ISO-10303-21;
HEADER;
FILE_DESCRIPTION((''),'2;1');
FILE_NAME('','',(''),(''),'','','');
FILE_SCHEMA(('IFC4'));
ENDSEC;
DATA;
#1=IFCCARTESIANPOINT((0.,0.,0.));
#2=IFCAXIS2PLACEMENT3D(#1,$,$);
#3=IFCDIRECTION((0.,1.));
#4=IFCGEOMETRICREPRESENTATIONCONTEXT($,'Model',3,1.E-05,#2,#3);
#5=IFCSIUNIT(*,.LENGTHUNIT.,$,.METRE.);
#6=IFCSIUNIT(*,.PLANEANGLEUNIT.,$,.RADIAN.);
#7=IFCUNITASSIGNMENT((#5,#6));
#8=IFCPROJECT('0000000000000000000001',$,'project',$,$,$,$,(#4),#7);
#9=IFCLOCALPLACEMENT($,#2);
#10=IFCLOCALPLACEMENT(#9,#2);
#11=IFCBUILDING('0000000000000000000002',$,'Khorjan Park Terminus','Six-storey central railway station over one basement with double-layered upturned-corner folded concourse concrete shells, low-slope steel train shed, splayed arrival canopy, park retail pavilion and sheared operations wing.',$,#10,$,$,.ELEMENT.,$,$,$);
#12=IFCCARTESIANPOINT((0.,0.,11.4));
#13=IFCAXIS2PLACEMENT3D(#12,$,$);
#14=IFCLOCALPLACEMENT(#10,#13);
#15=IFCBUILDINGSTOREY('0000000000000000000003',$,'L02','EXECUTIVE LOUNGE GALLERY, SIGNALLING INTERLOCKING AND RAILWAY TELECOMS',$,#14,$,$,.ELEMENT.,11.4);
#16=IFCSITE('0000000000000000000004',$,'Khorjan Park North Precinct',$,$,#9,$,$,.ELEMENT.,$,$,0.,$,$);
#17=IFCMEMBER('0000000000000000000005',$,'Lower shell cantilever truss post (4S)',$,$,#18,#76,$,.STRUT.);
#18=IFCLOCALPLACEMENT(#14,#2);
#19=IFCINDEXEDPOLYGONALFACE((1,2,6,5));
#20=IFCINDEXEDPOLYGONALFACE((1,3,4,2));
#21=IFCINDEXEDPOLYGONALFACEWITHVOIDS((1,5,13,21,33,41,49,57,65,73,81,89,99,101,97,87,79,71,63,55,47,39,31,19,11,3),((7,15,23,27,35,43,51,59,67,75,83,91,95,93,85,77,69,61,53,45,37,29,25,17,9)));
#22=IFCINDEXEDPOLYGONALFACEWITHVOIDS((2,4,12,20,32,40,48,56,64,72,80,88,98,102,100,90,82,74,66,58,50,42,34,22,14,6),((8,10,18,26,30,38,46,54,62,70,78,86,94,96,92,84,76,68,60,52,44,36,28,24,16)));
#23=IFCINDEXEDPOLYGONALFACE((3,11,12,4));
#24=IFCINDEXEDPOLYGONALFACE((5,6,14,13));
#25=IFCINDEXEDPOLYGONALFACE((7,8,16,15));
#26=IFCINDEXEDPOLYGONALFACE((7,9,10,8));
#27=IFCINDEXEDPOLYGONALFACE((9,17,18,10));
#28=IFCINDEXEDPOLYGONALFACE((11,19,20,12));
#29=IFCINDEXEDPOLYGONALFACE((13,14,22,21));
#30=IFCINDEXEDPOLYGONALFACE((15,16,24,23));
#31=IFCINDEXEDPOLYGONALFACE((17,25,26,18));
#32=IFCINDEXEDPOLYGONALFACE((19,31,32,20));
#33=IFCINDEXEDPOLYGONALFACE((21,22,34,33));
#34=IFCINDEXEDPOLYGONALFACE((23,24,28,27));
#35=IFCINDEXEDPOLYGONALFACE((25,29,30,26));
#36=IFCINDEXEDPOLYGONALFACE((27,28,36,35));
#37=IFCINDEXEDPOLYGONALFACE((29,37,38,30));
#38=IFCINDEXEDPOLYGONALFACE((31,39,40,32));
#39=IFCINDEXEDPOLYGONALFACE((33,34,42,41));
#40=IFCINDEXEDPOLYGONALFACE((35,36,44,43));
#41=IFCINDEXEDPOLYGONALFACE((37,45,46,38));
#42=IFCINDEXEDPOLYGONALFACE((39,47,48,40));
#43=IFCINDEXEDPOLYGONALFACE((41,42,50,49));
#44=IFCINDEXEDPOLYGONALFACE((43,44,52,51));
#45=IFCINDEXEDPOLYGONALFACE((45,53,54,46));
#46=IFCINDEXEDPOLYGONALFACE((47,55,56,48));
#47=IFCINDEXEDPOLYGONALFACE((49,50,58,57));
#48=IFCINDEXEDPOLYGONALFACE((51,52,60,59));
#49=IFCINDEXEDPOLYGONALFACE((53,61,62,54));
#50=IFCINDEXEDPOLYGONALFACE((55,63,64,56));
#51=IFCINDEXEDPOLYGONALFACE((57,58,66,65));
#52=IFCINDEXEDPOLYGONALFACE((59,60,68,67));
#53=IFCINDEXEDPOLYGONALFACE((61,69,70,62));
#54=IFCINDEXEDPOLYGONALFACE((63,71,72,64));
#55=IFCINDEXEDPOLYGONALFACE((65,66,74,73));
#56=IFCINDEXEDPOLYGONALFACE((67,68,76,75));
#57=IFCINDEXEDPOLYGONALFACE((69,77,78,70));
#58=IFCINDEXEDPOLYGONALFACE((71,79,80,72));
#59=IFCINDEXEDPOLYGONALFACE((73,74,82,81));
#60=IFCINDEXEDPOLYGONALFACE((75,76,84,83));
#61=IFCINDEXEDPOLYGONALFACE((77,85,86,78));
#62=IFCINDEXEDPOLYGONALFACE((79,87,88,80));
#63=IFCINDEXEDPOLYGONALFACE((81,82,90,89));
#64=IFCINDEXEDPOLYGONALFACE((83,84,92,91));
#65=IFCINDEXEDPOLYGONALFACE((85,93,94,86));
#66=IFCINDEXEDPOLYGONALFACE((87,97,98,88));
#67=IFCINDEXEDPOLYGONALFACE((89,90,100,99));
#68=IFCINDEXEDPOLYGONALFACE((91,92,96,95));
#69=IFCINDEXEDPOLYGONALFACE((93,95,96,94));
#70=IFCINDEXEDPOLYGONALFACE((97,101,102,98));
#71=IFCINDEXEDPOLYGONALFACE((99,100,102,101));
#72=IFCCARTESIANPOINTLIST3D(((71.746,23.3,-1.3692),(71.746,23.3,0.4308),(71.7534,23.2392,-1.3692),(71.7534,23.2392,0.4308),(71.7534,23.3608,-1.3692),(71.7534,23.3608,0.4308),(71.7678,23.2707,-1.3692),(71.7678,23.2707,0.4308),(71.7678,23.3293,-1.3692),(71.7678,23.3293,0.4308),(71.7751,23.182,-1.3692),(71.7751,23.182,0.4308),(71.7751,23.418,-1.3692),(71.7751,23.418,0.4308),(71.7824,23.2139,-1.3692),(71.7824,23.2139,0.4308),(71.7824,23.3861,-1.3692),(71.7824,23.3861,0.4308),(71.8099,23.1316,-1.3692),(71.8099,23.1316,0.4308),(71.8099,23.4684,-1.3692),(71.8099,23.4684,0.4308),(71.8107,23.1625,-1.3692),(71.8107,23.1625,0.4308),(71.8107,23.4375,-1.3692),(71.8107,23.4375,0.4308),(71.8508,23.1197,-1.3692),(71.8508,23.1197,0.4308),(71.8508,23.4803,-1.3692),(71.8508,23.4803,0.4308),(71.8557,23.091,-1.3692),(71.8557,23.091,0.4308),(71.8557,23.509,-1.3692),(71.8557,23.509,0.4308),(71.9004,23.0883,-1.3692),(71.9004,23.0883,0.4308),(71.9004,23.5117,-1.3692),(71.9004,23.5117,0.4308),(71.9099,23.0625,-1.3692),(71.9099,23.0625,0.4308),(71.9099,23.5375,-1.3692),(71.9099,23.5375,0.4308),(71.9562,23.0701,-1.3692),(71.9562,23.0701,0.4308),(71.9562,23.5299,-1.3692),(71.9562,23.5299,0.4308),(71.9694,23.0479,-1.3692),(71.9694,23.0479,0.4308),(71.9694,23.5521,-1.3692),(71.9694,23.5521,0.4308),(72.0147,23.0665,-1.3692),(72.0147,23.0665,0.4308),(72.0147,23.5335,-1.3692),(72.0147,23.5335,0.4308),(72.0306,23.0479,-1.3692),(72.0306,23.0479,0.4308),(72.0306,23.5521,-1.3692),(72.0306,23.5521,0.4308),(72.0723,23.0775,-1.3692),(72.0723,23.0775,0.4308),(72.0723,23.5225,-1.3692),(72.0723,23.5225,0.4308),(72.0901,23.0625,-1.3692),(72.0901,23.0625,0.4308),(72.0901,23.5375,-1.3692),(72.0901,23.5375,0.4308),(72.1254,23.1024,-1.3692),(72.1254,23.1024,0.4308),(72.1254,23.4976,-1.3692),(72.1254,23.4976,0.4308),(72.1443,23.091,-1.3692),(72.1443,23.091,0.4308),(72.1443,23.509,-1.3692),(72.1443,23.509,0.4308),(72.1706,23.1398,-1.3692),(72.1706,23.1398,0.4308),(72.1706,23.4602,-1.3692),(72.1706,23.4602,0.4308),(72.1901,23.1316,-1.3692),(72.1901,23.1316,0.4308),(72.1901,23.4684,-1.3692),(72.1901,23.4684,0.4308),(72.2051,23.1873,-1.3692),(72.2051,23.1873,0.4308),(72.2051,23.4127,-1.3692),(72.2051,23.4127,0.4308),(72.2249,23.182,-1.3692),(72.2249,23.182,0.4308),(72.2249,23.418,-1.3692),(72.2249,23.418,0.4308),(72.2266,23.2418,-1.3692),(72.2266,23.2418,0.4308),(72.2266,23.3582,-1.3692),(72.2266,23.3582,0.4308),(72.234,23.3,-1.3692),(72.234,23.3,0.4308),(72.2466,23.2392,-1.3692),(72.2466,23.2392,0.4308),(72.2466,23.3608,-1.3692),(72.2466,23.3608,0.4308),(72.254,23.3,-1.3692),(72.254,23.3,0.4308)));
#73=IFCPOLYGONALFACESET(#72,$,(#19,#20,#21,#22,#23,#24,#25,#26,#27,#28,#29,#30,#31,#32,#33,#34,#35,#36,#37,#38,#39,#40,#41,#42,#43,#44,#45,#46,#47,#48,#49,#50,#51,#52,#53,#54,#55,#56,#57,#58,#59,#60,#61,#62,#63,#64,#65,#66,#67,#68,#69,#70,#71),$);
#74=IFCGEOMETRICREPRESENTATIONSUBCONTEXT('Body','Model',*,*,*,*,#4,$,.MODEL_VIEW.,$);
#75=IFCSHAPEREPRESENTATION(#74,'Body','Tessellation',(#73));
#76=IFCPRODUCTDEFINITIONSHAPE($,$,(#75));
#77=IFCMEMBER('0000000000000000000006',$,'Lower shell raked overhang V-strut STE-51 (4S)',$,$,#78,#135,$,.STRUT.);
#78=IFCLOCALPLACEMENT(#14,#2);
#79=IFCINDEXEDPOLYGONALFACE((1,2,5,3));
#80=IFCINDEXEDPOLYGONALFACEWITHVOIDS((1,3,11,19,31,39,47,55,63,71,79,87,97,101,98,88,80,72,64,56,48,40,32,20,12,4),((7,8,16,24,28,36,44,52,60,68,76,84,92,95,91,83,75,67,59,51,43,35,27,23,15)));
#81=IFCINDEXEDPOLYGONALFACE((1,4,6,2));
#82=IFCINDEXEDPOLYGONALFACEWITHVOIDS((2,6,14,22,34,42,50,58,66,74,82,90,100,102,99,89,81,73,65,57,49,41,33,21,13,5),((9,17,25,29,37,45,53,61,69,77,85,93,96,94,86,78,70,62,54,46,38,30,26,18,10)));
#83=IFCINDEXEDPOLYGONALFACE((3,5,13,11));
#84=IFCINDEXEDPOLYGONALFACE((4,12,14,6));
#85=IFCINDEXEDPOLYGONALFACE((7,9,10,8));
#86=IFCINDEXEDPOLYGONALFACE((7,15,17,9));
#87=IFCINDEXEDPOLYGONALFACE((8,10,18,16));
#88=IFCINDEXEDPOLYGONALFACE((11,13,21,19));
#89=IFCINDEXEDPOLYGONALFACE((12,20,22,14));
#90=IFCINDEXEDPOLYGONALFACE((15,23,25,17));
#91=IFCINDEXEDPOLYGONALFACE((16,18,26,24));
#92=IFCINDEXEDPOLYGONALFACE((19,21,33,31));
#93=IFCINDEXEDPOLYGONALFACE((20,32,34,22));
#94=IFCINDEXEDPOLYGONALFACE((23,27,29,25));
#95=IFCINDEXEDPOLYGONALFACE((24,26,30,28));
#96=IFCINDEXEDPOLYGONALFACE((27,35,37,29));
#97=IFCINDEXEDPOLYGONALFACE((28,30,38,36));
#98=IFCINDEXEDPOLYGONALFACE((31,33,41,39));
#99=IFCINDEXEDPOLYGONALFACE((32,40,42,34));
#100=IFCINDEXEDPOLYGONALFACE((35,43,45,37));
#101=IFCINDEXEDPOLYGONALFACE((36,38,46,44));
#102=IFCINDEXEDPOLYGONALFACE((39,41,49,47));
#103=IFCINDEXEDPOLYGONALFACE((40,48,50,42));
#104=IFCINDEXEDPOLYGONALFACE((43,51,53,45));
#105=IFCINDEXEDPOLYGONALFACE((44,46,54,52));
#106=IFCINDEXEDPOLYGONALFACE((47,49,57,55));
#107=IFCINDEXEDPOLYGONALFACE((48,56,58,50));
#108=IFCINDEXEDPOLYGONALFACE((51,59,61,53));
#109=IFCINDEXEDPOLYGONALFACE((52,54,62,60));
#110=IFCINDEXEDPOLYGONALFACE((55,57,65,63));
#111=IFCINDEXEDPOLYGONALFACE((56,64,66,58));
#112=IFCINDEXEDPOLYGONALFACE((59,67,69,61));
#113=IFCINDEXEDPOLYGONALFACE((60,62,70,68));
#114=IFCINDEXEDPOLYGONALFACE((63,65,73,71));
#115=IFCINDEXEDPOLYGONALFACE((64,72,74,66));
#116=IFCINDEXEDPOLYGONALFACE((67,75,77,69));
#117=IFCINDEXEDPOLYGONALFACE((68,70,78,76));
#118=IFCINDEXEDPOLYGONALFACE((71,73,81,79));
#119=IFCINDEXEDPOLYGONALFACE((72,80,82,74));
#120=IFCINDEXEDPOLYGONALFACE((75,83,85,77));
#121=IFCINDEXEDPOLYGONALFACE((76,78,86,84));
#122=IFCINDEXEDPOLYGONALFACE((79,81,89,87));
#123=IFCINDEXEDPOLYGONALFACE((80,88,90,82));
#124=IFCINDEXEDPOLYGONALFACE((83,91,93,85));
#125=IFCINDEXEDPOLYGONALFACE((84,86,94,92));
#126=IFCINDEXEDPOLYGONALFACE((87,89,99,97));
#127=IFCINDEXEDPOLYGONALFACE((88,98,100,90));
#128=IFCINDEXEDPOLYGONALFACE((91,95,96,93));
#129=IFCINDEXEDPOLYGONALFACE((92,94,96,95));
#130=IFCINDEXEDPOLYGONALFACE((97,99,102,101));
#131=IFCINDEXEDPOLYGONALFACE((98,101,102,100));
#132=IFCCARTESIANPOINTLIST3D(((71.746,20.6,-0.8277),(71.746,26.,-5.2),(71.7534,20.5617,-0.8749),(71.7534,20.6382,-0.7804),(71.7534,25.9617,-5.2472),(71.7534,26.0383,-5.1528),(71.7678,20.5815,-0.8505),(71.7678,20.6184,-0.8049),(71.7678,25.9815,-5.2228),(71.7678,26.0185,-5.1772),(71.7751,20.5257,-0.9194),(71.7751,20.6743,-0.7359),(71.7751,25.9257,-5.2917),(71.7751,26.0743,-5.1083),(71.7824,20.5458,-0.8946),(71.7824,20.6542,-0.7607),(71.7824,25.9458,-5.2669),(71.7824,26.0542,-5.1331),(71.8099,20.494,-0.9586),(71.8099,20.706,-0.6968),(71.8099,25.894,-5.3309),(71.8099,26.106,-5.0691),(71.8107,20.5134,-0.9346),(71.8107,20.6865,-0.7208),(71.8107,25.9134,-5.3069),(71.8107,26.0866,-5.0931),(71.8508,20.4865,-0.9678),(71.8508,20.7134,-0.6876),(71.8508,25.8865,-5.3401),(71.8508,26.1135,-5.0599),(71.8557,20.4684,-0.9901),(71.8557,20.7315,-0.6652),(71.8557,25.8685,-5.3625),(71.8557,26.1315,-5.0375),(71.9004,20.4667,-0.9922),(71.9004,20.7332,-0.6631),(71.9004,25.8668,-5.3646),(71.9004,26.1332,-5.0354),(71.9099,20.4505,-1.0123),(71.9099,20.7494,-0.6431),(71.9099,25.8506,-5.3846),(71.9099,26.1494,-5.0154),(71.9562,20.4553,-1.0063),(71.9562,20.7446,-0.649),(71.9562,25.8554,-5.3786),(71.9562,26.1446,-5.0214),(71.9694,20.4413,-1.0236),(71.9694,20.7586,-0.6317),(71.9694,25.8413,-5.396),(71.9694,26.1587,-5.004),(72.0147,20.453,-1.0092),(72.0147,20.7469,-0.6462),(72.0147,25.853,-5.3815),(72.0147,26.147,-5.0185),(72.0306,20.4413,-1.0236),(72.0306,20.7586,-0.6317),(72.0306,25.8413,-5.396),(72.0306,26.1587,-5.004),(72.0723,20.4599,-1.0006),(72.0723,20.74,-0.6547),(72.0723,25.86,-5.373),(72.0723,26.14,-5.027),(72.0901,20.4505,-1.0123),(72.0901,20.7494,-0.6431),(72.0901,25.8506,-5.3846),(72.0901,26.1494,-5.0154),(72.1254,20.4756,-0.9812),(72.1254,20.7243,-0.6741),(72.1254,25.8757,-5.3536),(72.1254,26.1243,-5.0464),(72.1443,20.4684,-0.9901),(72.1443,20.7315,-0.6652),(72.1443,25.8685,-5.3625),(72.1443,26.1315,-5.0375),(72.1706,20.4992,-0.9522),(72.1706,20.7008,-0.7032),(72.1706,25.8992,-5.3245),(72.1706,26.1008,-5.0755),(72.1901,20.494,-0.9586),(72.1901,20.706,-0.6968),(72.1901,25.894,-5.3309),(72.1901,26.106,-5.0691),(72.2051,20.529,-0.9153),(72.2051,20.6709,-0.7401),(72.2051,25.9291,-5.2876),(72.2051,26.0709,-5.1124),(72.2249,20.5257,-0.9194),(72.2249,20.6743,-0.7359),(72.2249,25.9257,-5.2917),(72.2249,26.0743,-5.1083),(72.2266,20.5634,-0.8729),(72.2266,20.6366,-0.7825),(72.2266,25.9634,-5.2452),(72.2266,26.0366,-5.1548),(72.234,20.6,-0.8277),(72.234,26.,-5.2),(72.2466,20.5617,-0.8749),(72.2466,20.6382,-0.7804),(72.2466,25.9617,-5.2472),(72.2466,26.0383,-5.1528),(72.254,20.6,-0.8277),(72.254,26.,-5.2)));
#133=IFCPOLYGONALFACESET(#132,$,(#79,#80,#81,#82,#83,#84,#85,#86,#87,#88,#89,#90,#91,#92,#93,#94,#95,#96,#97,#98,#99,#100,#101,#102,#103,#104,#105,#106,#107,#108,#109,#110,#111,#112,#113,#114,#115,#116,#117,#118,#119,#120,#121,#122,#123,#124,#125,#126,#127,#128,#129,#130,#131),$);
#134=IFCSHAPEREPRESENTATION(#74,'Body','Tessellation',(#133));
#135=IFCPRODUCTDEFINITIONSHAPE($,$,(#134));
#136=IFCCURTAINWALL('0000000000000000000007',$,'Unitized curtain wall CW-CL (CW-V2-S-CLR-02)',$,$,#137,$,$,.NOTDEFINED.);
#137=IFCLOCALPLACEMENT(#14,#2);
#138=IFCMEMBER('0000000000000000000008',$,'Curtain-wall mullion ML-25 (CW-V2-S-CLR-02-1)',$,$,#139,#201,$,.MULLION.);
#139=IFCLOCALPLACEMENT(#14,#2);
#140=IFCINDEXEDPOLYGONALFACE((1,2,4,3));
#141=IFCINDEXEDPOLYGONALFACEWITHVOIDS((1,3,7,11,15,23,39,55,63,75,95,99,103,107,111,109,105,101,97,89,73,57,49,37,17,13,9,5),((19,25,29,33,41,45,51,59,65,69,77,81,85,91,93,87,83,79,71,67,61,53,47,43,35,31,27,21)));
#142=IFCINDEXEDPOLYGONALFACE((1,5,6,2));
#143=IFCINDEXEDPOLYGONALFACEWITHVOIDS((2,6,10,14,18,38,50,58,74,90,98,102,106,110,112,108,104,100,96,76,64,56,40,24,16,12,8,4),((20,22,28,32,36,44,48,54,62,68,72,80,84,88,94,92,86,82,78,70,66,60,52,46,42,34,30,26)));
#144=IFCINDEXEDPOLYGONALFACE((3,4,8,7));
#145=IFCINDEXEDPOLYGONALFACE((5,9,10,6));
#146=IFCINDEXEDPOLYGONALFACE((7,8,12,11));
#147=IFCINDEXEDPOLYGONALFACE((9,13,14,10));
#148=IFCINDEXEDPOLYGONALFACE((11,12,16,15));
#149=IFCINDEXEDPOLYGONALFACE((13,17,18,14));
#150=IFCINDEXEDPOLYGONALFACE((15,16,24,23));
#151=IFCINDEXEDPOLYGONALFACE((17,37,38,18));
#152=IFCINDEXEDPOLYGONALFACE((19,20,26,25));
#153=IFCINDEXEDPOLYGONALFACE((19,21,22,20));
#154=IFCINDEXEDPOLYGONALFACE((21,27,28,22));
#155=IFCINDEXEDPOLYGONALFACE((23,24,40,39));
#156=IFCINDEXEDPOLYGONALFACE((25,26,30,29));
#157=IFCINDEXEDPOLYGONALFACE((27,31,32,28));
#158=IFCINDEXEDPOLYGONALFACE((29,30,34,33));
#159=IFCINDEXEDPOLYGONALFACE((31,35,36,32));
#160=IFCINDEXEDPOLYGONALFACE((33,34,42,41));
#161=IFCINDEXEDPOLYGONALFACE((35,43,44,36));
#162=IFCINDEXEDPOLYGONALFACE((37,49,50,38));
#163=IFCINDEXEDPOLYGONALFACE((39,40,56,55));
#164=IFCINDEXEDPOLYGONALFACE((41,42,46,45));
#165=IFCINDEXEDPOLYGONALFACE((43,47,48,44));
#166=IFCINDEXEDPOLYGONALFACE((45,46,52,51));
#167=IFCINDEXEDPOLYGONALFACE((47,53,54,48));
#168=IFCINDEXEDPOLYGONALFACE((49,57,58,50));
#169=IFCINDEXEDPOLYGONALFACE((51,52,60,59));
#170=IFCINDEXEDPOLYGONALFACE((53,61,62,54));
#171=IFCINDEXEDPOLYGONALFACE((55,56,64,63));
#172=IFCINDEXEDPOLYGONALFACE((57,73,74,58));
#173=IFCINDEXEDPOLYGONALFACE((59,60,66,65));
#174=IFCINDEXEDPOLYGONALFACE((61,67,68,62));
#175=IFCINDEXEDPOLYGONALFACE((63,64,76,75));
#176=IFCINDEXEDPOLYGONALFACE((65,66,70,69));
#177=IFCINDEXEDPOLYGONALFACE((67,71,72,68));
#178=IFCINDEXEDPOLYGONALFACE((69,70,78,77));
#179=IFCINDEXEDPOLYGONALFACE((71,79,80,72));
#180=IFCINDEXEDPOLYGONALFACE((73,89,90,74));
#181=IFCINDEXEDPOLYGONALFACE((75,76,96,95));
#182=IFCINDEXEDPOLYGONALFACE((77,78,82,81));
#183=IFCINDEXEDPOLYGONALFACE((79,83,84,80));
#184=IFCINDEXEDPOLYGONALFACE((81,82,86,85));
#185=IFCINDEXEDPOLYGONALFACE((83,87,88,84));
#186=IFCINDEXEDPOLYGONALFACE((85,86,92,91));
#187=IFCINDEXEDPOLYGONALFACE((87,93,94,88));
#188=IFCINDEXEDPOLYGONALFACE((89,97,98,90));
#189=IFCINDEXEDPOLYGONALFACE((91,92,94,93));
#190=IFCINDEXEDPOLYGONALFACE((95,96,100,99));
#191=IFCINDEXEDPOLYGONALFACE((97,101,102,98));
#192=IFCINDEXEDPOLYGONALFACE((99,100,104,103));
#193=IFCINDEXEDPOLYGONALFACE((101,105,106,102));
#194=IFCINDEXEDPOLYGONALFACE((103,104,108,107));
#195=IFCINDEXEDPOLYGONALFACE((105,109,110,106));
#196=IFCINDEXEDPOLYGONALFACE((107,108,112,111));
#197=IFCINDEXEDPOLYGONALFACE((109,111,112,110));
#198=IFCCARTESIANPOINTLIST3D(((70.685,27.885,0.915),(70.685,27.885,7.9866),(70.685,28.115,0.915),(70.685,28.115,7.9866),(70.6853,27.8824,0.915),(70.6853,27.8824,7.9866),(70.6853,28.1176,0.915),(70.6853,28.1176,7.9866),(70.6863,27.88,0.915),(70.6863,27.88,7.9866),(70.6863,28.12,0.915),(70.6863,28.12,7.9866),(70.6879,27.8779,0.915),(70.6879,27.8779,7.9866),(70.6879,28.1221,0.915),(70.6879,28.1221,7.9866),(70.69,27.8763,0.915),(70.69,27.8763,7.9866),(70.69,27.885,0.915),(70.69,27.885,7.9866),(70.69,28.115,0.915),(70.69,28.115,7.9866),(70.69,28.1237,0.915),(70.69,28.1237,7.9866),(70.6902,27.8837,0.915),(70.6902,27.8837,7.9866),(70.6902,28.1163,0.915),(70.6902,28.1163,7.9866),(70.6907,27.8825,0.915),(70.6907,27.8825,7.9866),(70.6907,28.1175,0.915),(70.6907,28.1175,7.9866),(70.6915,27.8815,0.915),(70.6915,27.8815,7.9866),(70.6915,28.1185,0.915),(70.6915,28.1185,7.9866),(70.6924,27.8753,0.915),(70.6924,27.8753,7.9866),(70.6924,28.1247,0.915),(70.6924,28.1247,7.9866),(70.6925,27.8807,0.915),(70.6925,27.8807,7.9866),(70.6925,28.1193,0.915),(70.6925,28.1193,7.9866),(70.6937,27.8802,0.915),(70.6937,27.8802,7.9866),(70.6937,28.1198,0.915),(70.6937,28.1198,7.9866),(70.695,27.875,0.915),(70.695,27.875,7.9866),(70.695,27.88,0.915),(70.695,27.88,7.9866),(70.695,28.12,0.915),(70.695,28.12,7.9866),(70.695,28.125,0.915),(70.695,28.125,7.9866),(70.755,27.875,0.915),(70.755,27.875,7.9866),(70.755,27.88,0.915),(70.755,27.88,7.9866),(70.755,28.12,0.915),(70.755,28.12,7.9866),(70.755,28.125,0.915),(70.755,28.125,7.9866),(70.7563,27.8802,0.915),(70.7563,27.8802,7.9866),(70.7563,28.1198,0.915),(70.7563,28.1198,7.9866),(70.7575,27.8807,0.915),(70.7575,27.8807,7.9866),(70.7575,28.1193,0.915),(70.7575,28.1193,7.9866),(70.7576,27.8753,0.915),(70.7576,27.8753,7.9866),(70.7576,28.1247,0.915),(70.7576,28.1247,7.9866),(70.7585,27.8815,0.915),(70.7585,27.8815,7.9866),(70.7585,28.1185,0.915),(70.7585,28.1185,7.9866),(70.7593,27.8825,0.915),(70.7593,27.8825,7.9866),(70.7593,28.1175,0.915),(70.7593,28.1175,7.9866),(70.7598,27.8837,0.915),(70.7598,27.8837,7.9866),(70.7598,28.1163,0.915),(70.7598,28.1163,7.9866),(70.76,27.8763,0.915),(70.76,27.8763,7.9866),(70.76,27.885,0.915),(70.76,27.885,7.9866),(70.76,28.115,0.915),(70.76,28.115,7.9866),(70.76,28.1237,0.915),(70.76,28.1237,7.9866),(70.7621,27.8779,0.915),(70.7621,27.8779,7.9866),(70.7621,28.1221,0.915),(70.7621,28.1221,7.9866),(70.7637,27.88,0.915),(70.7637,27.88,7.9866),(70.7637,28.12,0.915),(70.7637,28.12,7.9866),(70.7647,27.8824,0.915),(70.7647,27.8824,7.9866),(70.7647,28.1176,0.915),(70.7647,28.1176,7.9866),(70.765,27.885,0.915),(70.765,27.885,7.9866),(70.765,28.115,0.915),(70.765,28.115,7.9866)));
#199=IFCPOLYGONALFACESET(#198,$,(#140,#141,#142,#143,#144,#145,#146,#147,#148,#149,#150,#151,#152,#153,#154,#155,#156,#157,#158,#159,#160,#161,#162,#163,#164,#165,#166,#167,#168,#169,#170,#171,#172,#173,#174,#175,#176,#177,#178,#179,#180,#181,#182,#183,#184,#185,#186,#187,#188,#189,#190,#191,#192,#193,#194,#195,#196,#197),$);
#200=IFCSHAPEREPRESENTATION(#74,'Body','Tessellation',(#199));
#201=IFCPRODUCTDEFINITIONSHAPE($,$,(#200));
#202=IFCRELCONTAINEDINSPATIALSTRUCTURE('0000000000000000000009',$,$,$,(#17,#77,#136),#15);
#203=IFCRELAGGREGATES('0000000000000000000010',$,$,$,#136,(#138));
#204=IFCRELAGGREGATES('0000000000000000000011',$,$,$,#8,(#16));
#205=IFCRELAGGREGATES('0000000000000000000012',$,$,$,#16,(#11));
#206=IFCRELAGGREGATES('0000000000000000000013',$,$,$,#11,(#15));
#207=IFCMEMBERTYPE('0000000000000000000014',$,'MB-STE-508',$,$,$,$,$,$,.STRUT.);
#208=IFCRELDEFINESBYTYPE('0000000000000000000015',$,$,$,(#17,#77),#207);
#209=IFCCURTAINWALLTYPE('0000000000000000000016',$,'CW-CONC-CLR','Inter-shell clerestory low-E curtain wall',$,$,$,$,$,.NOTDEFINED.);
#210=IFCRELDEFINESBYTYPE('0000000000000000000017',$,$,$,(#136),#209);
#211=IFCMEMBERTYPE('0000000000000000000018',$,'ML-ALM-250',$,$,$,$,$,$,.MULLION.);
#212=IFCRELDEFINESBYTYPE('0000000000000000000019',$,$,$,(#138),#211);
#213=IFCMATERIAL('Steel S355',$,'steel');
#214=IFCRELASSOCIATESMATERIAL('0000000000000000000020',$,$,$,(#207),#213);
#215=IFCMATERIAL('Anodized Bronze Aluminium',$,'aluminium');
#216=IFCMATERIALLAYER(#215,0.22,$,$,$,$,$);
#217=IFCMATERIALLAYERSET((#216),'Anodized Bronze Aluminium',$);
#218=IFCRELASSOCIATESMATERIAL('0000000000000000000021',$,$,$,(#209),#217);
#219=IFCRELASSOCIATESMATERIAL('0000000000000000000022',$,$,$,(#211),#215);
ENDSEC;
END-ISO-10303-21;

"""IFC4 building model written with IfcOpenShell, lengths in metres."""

from ifc_helpers import new_model, si_unit, direction, frame, origin, origin_2d, place, context, subcontext, project, spatial, hollow_rectangle, hollow_circle, extrude, material, layer, layer_set, material_profile, profile_set, type_object, element, aggregate, save


model = new_model("IFC4")

# Units and contexts
model_context = context("Model", 3, precision=1e-05, world=origin(), true_north=direction((0.0, 1.0)))
body_context = subcontext(model_context, "Body", "Model", "MODEL_VIEW")
ifc_project = project(units=[si_unit("LENGTHUNIT", "METRE"), si_unit("PLANEANGLEUNIT", "RADIAN")], contexts=[model_context])

# Site, building, storey
site_placement = place(None, origin())
site = spatial("IfcSite", under=ifc_project, at=site_placement, Name="Khorjan Park North Precinct", CompositionType="ELEMENT", RefElevation=0.0)
building_placement = place(site_placement, origin())
building = spatial("IfcBuilding", under=site, at=building_placement, Name="Khorjan Park Terminus", Description="Six-storey central railway station over one basement with double-layered upturned-corner folded concourse concrete shells, low-slope steel train shed, splayed arrival canopy, park retail pavilion and sheared operations wing.", CompositionType="ELEMENT")
storey_placement = place(building_placement, frame((0.0, 0.0, 11.4)))
storey = spatial("IfcBuildingStorey", under=building, at=storey_placement, Name="L02", Description="EXECUTIVE LOUNGE GALLERY, SIGNALLING INTERLOCKING AND RAILWAY TELECOMS", CompositionType="ELEMENT", Elevation=11.4)

# Members
ifc_material_1 = material(Name="Steel S355", Category="steel")
ifc_material_profile_1 = material_profile(ifc_material_1, hollow_circle(Radius=0.254, WallThickness=0.02, at=origin_2d()), Name="CHS 508x20")
ifc_profile_set_1 = profile_set([ifc_material_profile_1], Name="Steel S355")
member_type_1 = type_object("IfcMemberType", Name="MB-STE-508", PredefinedType="STRUT", material=ifc_profile_set_1)
member_1_placement = place(storey_placement, frame((72.0, 23.3, -1.3692), z_axis=(0.0, 0.0, 1.0), x_axis=(1.0, 0.0, 0.0)))
element("IfcMember", 1, at=member_1_placement, inside=storey, type_object=member_type_1, Name="Lower shell cantilever truss post (4S)", PredefinedType="STRUT", context=body_context, shape_type="SweptSolid", body=[
    extrude(hollow_circle(Radius=0.254, WallThickness=0.02, at=origin_2d()), origin(), (0.0, 0.0, 1.0), 1.8),
])
member_2_placement = place(storey_placement, frame((72.0, 26.0, -5.2), z_axis=(0.0, -0.777184, 0.629274), x_axis=(1.0, 0.0, 0.0)))
element("IfcMember", 2, at=member_2_placement, inside=storey, type_object=member_type_1, Name="Lower shell raked overhang V-strut STE-51 (4S)", PredefinedType="STRUT", context=body_context, shape_type="SweptSolid", body=[
    extrude(hollow_circle(Radius=0.254, WallThickness=0.02, at=origin_2d()), origin(), (0.0, 0.0, 1.0), 6.9482),
])

# Curtain wall, member
ifc_material_2 = material(Name="Anodized Bronze Aluminium", Category="aluminium")
ifc_layer_1 = layer(ifc_material_2, 0.22)
ifc_layer_set_1 = layer_set([ifc_layer_1], Name="Anodized Bronze Aluminium")
curtain_wall_type = type_object("IfcCurtainWallType", Name="CW-CONC-CLR", Description="Inter-shell clerestory low-E curtain wall", PredefinedType="NOTDEFINED", material=ifc_layer_set_1)
curtain_wall_placement = place(storey_placement, origin())
curtain_wall = element("IfcCurtainWall", 3, at=curtain_wall_placement, inside=storey, type_object=curtain_wall_type, Name="Unitized curtain wall CW-CL (CW-V2-S-CLR-02)", PredefinedType="NOTDEFINED")
ifc_material_profile_2 = material_profile(ifc_material_2, hollow_rectangle(XDim=0.08, YDim=0.25, WallThickness=0.005, InnerFilletRadius=0.005, OuterFilletRadius=0.01, at=origin_2d()), Name="ALM 80x250x5")
ifc_profile_set_2 = profile_set([ifc_material_profile_2], Name="Anodized Bronze Aluminium")
member_type_2 = type_object("IfcMemberType", Name="ML-ALM-250", PredefinedType="MULLION", material=ifc_profile_set_2)
member_3_placement = place(storey_placement, frame((70.725, 28.0, 0.915), z_axis=(0.0, 0.0, 1.0), x_axis=(1.0, 0.0, 0.0)))
member_3 = element("IfcMember", 4, at=member_3_placement, type_object=member_type_2, Name="Curtain-wall mullion ML-25 (CW-V2-S-CLR-02-1)", PredefinedType="MULLION", context=body_context, shape_type="SweptSolid", body=[
    extrude(hollow_rectangle(XDim=0.08, YDim=0.25, WallThickness=0.005, InnerFilletRadius=0.005, OuterFilletRadius=0.01, at=origin_2d()), origin(), (0.0, 0.0, 1.0), 7.0716),
])

aggregate(curtain_wall, [member_3])

save(model, "model.ifc")
